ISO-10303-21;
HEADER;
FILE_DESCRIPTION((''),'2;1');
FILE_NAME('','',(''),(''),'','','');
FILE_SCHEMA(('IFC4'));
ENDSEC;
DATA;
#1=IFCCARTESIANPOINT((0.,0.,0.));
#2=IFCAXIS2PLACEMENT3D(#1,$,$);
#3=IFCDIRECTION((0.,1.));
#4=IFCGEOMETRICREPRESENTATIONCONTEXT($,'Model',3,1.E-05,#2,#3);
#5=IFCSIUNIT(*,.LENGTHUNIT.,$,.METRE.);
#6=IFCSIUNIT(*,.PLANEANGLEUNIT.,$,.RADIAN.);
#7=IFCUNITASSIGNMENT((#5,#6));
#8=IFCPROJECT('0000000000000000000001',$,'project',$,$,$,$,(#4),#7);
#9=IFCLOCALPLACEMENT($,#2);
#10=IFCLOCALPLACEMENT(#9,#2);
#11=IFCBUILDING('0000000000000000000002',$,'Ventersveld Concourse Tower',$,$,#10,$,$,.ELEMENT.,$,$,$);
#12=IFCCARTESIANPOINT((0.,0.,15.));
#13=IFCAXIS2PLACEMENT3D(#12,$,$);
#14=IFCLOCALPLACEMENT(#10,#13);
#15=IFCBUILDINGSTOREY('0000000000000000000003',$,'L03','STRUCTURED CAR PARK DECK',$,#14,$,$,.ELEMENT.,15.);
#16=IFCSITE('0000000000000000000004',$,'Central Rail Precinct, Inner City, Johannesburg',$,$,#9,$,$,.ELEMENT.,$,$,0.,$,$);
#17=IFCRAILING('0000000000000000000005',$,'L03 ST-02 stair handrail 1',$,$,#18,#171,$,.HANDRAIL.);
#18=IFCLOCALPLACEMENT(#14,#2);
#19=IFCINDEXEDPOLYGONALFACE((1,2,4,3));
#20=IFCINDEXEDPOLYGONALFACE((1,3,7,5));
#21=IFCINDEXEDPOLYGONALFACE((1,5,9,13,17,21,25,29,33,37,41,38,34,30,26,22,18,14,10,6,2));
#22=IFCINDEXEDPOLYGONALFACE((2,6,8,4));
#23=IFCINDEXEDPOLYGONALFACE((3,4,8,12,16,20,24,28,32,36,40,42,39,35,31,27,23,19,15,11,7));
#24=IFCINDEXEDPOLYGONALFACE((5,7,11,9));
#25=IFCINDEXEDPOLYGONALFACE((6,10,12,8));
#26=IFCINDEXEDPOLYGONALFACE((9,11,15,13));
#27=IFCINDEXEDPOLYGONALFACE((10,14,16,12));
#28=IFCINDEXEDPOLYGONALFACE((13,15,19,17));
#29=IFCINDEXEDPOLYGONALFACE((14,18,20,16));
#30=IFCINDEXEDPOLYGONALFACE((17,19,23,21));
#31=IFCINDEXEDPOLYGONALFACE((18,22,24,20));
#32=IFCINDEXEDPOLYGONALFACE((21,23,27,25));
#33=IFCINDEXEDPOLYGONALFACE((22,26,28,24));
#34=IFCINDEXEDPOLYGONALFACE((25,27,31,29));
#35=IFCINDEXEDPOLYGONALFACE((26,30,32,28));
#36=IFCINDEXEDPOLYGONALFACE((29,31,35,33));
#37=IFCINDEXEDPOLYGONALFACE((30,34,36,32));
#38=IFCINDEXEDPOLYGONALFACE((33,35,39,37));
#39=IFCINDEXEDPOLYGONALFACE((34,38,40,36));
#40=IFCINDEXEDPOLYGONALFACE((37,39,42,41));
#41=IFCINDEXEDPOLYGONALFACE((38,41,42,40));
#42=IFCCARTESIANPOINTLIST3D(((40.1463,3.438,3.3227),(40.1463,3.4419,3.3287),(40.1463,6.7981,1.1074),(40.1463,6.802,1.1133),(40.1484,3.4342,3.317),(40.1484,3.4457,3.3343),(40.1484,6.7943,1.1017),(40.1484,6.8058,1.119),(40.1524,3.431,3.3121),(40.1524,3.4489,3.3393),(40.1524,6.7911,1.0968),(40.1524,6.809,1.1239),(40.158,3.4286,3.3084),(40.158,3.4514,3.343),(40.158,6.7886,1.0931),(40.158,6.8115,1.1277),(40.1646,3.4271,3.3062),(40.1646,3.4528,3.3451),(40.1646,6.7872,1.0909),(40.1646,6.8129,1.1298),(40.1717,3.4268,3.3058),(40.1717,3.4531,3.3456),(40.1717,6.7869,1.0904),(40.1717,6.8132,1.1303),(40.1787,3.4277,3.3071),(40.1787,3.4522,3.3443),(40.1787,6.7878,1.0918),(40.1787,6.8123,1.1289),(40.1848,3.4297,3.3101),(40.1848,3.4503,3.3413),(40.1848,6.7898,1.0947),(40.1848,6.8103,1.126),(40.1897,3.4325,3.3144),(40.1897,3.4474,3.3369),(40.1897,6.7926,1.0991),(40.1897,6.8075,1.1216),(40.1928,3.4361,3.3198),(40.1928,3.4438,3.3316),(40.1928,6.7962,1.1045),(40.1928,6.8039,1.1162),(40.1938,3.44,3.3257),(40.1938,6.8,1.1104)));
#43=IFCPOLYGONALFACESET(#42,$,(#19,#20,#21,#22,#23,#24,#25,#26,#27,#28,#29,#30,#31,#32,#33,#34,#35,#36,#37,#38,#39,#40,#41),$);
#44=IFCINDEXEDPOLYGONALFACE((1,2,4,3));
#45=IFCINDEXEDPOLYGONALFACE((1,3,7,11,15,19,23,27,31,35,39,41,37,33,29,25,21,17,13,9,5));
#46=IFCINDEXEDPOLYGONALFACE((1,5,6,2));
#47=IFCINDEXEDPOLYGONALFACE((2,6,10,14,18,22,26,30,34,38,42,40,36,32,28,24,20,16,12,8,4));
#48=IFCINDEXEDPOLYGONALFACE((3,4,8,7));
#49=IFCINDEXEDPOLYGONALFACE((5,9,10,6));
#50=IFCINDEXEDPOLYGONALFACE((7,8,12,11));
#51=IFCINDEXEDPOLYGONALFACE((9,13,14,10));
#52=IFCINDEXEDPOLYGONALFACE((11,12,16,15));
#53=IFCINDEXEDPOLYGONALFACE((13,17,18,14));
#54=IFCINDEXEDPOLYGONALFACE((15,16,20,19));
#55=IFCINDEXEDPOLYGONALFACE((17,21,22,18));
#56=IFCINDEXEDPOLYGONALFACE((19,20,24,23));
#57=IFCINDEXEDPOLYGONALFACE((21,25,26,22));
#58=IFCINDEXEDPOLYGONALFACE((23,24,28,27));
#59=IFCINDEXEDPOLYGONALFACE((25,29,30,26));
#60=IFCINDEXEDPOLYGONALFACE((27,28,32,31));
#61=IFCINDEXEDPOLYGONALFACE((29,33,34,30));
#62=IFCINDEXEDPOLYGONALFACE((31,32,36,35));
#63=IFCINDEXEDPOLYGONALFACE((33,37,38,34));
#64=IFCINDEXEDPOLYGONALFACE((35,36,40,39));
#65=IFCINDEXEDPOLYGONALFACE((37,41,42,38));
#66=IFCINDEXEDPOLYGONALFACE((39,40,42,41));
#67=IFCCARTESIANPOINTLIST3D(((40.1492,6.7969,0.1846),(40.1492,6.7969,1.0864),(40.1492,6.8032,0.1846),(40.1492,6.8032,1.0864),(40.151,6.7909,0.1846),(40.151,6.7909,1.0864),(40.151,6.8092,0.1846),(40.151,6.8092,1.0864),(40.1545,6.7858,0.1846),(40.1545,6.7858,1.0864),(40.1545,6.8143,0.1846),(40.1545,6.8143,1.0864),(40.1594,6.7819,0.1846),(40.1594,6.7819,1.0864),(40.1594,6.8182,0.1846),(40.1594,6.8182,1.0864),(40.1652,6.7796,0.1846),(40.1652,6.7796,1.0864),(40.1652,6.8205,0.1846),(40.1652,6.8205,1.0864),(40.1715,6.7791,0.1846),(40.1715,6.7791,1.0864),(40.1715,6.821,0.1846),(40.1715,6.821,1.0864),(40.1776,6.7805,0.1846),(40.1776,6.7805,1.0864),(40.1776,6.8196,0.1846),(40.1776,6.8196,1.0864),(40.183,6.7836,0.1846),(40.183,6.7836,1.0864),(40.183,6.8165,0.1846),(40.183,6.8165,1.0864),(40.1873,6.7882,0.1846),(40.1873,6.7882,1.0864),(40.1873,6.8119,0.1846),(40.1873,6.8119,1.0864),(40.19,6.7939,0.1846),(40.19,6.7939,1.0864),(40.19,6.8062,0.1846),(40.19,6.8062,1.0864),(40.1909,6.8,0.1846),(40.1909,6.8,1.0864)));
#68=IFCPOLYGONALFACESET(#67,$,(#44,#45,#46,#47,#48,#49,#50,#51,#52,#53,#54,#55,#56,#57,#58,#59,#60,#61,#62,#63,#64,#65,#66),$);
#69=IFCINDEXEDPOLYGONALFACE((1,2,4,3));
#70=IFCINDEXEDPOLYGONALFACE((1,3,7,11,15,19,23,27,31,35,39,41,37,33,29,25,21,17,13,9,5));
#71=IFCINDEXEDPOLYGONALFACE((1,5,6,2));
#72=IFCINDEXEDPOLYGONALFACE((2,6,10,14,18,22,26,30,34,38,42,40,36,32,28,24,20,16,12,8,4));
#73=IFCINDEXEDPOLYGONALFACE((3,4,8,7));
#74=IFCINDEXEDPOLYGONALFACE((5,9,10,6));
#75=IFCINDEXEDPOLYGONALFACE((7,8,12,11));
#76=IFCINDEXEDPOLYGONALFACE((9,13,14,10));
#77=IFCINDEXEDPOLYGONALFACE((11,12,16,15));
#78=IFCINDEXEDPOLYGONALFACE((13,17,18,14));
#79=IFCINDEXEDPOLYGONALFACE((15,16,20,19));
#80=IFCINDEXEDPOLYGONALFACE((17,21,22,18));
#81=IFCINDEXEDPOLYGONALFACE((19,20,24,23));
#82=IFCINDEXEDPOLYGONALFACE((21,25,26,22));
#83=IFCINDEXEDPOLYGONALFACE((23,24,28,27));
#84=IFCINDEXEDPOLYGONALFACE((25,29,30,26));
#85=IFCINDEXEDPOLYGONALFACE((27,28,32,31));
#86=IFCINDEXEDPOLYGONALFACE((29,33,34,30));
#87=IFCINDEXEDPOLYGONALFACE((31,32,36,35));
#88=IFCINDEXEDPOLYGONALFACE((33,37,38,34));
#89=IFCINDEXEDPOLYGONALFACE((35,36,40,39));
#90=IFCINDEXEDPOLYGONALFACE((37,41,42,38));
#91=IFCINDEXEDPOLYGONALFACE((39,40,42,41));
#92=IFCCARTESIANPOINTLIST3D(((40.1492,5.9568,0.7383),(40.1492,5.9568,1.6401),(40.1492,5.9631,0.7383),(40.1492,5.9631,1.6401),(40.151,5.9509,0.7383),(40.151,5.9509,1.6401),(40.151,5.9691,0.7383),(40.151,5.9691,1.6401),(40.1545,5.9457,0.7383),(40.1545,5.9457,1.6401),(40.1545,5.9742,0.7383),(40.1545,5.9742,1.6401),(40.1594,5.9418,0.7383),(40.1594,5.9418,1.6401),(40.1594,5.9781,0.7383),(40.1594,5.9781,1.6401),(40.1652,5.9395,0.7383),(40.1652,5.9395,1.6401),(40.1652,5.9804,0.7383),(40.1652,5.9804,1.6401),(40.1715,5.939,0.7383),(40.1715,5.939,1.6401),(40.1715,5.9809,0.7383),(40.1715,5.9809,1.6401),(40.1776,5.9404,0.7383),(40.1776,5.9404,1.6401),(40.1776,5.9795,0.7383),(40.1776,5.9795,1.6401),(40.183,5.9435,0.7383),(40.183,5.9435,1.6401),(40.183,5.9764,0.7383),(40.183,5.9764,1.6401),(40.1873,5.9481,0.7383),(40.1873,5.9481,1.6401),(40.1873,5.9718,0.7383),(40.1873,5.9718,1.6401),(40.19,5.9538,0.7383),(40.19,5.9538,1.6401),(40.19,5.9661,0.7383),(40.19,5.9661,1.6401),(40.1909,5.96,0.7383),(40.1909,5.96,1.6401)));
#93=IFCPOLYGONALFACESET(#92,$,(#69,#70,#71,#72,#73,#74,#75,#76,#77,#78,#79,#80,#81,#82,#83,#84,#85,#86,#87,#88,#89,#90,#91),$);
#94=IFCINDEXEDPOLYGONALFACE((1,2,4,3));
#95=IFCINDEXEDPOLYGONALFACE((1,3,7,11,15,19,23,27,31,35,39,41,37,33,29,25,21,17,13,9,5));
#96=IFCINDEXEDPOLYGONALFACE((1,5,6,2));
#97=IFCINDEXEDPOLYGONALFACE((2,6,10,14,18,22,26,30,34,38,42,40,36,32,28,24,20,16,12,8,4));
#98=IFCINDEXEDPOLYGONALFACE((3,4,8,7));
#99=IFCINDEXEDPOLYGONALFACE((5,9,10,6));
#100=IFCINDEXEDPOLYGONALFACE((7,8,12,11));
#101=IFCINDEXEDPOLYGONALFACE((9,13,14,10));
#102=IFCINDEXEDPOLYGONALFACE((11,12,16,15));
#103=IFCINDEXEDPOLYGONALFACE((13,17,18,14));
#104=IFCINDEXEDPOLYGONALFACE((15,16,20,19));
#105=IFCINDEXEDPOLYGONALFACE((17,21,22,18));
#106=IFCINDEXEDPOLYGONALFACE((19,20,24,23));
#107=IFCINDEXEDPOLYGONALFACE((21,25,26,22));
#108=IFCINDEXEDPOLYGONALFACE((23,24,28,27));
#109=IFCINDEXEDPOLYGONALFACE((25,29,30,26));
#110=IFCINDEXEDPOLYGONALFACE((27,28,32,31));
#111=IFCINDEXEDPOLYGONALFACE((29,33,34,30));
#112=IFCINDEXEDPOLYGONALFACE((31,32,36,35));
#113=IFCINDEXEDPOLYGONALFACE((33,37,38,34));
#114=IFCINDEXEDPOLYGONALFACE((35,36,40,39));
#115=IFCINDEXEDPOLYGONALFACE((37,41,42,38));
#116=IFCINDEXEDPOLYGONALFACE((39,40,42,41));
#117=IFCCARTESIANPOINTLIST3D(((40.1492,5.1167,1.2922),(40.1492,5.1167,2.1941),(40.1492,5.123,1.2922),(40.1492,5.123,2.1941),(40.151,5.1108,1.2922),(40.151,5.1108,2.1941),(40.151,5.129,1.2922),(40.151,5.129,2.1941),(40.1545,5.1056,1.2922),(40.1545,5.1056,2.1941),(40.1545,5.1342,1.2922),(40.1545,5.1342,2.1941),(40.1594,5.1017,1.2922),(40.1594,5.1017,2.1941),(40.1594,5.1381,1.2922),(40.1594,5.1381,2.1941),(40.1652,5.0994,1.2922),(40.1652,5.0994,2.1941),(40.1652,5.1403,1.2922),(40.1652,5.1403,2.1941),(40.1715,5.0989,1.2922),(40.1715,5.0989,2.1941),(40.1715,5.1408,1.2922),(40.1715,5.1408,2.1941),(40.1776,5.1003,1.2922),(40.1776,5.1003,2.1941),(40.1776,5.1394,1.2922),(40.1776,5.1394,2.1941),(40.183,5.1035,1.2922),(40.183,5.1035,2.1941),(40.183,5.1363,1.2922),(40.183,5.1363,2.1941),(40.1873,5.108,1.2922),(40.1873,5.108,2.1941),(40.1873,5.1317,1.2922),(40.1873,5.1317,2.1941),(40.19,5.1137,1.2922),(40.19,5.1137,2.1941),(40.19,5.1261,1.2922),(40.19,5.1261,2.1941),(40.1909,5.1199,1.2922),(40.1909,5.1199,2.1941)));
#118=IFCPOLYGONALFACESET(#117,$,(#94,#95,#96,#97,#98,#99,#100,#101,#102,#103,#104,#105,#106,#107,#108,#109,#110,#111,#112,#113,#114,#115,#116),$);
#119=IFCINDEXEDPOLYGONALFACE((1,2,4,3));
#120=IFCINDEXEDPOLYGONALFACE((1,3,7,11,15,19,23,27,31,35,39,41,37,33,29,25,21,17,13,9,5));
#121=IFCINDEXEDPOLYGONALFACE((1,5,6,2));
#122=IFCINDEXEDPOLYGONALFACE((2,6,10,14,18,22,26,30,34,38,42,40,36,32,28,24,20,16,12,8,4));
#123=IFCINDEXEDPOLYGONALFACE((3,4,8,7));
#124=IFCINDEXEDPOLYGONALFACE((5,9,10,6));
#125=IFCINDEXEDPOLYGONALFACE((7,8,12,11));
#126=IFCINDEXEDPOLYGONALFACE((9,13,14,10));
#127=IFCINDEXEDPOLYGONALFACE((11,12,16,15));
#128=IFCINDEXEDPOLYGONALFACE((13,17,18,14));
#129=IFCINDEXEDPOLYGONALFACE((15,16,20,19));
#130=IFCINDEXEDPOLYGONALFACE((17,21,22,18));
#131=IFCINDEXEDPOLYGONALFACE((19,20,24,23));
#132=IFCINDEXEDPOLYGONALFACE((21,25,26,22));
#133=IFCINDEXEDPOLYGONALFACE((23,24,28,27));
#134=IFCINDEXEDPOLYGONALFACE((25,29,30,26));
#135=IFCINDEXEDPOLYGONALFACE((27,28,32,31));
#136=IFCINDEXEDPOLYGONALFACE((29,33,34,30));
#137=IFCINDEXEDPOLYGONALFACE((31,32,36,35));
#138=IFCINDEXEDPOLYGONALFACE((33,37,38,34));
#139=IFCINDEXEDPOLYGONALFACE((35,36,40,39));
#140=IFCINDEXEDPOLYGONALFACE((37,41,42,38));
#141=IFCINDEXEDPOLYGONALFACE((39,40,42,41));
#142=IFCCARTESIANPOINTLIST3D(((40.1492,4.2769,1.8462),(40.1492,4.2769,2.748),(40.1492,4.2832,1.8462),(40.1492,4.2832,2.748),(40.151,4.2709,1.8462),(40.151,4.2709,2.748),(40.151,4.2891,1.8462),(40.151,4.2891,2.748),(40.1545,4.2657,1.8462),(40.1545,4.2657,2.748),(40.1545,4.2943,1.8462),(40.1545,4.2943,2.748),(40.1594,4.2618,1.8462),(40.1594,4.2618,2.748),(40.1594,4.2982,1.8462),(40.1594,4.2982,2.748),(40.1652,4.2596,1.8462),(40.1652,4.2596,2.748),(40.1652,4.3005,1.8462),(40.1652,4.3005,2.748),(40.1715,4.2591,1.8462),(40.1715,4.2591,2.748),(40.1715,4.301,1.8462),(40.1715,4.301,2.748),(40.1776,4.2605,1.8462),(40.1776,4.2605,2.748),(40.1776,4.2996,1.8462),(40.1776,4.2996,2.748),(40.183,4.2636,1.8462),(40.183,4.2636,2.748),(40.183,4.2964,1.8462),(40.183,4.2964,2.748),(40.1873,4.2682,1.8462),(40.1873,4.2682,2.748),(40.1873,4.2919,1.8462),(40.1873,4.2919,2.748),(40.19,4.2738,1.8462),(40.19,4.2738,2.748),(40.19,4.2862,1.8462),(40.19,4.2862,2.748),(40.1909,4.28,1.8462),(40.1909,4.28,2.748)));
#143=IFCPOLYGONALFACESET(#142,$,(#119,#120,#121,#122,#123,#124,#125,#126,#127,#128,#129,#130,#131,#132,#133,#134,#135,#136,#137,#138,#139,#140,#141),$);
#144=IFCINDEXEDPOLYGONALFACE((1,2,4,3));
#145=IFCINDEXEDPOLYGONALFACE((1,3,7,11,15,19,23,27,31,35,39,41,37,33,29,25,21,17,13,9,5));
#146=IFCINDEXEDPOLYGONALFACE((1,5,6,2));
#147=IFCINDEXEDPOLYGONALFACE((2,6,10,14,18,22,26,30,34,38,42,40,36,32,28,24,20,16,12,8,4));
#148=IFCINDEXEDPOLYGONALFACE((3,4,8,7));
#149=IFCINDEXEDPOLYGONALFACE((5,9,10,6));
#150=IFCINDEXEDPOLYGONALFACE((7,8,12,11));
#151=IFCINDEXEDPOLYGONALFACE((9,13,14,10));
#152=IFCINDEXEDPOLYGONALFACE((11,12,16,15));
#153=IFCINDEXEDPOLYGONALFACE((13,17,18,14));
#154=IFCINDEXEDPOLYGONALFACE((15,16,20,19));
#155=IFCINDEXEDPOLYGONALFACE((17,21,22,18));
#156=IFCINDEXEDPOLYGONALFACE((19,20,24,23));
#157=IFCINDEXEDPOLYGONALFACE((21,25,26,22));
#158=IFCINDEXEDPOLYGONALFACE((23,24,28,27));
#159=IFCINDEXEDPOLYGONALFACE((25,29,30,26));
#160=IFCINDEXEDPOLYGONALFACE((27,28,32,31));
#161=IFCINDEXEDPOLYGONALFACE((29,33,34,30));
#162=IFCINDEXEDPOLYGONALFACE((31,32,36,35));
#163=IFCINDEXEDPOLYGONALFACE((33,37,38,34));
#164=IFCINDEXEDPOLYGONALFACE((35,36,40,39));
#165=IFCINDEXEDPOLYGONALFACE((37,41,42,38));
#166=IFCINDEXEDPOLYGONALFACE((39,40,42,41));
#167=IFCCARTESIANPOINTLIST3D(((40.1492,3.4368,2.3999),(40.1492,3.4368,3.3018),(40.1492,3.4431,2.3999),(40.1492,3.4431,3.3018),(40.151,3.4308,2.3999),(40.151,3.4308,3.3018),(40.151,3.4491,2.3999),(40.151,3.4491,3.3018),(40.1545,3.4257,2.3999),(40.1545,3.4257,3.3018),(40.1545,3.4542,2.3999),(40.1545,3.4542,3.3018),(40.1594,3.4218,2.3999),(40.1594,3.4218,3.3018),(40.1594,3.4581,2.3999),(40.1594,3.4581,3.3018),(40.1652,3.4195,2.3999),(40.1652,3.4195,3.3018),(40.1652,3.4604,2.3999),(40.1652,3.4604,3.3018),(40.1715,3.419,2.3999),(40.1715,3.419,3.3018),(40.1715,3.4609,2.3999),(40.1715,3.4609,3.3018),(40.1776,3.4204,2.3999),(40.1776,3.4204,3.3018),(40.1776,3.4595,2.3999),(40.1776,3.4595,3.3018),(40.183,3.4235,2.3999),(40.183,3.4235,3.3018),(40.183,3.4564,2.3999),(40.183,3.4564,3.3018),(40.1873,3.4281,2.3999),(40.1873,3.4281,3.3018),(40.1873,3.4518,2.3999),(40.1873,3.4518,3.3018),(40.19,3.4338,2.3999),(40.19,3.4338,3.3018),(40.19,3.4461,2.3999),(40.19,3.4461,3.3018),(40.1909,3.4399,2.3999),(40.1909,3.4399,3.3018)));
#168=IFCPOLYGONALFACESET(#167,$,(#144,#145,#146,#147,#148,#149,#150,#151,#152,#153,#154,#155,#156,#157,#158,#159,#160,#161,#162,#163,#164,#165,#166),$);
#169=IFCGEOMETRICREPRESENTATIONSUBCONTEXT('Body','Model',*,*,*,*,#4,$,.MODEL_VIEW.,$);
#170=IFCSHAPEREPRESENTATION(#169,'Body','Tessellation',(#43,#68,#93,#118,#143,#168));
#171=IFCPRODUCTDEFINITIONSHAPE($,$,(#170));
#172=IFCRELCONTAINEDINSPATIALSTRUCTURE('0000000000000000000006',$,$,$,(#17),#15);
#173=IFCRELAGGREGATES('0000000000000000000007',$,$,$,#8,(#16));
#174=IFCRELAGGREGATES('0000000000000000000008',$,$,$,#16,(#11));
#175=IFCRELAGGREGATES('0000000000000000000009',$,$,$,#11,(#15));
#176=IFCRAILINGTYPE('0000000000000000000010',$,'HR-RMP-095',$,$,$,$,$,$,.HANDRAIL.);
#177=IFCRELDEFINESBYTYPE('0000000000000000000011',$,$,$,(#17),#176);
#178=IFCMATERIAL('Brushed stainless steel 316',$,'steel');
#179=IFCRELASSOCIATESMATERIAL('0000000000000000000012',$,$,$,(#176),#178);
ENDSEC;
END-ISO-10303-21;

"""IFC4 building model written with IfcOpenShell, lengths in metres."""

from ifc_helpers import new_model, si_unit, direction, frame, origin, origin_2d, place, context, subcontext, project, spatial, circle, extrude, material, type_object, element, save


model = new_model("IFC4")

# Units and contexts
model_context = context("Model", 3, precision=1e-05, world=origin(), true_north=direction((0.0, 1.0)))
body_context = subcontext(model_context, "Body", "Model", "MODEL_VIEW")
ifc_project = project(units=[si_unit("LENGTHUNIT", "METRE"), si_unit("PLANEANGLEUNIT", "RADIAN")], contexts=[model_context])

# Site, building, storey
site_placement = place(None, origin())
site = spatial("IfcSite", under=ifc_project, at=site_placement, Name="Central Rail Precinct, Inner City, Johannesburg", CompositionType="ELEMENT", RefElevation=0.0)
building_placement = place(site_placement, origin())
building = spatial("IfcBuilding", under=site, at=building_placement, Name="Ventersveld Concourse Tower", CompositionType="ELEMENT")
storey_placement = place(building_placement, frame((0.0, 0.0, 15.0)))
storey = spatial("IfcBuildingStorey", under=building, at=storey_placement, Name="L03", Description="STRUCTURED CAR PARK DECK", CompositionType="ELEMENT", Elevation=15.0)

# Railing
ifc_material_1 = material(Name="Brushed stainless steel 316", Category="steel")
railing_type_1 = type_object("IfcRailingType", Name="HR-RMP-095", PredefinedType="HANDRAIL", material=ifc_material_1)
railing_1_placement = place(storey_placement, frame((40.1699, 6.8, 0.1846)))
element("IfcRailing", 1, at=railing_1_placement, inside=storey, type_object=railing_type_1, Name="L03 ST-02 stair handrail 1", PredefinedType="HANDRAIL", context=body_context, shape_type="SweptSolid", body=[
    extrude(circle(Radius=0.0239, at=origin_2d()), frame((0.0, 0.0, 0.9258), z_axis=(0.0, -0.834876, 0.550437), x_axis=(1.0, 0.0, 0.0)), (0.0, 0.0, 1.0), 4.0247),
    extrude(circle(Radius=0.021, at=origin_2d()), origin(), (0.0, 0.0, 1.0), 0.9019),
    extrude(circle(Radius=0.021, at=origin_2d()), frame((0.0, -0.8401, 0.5537)), (0.0, 0.0, 1.0), 0.9019),
    extrude(circle(Radius=0.021, at=origin_2d()), frame((0.0, -1.6802, 1.1077)), (0.0, 0.0, 1.0), 0.9019),
    extrude(circle(Radius=0.021, at=origin_2d()), frame((0.0, -2.52, 1.6616)), (0.0, 0.0, 1.0), 0.9019),
    extrude(circle(Radius=0.021, at=origin_2d()), frame((0.0, -3.3601, 2.2153)), (0.0, 0.0, 1.0), 0.9019),
])

save(model, "model.ifc")
